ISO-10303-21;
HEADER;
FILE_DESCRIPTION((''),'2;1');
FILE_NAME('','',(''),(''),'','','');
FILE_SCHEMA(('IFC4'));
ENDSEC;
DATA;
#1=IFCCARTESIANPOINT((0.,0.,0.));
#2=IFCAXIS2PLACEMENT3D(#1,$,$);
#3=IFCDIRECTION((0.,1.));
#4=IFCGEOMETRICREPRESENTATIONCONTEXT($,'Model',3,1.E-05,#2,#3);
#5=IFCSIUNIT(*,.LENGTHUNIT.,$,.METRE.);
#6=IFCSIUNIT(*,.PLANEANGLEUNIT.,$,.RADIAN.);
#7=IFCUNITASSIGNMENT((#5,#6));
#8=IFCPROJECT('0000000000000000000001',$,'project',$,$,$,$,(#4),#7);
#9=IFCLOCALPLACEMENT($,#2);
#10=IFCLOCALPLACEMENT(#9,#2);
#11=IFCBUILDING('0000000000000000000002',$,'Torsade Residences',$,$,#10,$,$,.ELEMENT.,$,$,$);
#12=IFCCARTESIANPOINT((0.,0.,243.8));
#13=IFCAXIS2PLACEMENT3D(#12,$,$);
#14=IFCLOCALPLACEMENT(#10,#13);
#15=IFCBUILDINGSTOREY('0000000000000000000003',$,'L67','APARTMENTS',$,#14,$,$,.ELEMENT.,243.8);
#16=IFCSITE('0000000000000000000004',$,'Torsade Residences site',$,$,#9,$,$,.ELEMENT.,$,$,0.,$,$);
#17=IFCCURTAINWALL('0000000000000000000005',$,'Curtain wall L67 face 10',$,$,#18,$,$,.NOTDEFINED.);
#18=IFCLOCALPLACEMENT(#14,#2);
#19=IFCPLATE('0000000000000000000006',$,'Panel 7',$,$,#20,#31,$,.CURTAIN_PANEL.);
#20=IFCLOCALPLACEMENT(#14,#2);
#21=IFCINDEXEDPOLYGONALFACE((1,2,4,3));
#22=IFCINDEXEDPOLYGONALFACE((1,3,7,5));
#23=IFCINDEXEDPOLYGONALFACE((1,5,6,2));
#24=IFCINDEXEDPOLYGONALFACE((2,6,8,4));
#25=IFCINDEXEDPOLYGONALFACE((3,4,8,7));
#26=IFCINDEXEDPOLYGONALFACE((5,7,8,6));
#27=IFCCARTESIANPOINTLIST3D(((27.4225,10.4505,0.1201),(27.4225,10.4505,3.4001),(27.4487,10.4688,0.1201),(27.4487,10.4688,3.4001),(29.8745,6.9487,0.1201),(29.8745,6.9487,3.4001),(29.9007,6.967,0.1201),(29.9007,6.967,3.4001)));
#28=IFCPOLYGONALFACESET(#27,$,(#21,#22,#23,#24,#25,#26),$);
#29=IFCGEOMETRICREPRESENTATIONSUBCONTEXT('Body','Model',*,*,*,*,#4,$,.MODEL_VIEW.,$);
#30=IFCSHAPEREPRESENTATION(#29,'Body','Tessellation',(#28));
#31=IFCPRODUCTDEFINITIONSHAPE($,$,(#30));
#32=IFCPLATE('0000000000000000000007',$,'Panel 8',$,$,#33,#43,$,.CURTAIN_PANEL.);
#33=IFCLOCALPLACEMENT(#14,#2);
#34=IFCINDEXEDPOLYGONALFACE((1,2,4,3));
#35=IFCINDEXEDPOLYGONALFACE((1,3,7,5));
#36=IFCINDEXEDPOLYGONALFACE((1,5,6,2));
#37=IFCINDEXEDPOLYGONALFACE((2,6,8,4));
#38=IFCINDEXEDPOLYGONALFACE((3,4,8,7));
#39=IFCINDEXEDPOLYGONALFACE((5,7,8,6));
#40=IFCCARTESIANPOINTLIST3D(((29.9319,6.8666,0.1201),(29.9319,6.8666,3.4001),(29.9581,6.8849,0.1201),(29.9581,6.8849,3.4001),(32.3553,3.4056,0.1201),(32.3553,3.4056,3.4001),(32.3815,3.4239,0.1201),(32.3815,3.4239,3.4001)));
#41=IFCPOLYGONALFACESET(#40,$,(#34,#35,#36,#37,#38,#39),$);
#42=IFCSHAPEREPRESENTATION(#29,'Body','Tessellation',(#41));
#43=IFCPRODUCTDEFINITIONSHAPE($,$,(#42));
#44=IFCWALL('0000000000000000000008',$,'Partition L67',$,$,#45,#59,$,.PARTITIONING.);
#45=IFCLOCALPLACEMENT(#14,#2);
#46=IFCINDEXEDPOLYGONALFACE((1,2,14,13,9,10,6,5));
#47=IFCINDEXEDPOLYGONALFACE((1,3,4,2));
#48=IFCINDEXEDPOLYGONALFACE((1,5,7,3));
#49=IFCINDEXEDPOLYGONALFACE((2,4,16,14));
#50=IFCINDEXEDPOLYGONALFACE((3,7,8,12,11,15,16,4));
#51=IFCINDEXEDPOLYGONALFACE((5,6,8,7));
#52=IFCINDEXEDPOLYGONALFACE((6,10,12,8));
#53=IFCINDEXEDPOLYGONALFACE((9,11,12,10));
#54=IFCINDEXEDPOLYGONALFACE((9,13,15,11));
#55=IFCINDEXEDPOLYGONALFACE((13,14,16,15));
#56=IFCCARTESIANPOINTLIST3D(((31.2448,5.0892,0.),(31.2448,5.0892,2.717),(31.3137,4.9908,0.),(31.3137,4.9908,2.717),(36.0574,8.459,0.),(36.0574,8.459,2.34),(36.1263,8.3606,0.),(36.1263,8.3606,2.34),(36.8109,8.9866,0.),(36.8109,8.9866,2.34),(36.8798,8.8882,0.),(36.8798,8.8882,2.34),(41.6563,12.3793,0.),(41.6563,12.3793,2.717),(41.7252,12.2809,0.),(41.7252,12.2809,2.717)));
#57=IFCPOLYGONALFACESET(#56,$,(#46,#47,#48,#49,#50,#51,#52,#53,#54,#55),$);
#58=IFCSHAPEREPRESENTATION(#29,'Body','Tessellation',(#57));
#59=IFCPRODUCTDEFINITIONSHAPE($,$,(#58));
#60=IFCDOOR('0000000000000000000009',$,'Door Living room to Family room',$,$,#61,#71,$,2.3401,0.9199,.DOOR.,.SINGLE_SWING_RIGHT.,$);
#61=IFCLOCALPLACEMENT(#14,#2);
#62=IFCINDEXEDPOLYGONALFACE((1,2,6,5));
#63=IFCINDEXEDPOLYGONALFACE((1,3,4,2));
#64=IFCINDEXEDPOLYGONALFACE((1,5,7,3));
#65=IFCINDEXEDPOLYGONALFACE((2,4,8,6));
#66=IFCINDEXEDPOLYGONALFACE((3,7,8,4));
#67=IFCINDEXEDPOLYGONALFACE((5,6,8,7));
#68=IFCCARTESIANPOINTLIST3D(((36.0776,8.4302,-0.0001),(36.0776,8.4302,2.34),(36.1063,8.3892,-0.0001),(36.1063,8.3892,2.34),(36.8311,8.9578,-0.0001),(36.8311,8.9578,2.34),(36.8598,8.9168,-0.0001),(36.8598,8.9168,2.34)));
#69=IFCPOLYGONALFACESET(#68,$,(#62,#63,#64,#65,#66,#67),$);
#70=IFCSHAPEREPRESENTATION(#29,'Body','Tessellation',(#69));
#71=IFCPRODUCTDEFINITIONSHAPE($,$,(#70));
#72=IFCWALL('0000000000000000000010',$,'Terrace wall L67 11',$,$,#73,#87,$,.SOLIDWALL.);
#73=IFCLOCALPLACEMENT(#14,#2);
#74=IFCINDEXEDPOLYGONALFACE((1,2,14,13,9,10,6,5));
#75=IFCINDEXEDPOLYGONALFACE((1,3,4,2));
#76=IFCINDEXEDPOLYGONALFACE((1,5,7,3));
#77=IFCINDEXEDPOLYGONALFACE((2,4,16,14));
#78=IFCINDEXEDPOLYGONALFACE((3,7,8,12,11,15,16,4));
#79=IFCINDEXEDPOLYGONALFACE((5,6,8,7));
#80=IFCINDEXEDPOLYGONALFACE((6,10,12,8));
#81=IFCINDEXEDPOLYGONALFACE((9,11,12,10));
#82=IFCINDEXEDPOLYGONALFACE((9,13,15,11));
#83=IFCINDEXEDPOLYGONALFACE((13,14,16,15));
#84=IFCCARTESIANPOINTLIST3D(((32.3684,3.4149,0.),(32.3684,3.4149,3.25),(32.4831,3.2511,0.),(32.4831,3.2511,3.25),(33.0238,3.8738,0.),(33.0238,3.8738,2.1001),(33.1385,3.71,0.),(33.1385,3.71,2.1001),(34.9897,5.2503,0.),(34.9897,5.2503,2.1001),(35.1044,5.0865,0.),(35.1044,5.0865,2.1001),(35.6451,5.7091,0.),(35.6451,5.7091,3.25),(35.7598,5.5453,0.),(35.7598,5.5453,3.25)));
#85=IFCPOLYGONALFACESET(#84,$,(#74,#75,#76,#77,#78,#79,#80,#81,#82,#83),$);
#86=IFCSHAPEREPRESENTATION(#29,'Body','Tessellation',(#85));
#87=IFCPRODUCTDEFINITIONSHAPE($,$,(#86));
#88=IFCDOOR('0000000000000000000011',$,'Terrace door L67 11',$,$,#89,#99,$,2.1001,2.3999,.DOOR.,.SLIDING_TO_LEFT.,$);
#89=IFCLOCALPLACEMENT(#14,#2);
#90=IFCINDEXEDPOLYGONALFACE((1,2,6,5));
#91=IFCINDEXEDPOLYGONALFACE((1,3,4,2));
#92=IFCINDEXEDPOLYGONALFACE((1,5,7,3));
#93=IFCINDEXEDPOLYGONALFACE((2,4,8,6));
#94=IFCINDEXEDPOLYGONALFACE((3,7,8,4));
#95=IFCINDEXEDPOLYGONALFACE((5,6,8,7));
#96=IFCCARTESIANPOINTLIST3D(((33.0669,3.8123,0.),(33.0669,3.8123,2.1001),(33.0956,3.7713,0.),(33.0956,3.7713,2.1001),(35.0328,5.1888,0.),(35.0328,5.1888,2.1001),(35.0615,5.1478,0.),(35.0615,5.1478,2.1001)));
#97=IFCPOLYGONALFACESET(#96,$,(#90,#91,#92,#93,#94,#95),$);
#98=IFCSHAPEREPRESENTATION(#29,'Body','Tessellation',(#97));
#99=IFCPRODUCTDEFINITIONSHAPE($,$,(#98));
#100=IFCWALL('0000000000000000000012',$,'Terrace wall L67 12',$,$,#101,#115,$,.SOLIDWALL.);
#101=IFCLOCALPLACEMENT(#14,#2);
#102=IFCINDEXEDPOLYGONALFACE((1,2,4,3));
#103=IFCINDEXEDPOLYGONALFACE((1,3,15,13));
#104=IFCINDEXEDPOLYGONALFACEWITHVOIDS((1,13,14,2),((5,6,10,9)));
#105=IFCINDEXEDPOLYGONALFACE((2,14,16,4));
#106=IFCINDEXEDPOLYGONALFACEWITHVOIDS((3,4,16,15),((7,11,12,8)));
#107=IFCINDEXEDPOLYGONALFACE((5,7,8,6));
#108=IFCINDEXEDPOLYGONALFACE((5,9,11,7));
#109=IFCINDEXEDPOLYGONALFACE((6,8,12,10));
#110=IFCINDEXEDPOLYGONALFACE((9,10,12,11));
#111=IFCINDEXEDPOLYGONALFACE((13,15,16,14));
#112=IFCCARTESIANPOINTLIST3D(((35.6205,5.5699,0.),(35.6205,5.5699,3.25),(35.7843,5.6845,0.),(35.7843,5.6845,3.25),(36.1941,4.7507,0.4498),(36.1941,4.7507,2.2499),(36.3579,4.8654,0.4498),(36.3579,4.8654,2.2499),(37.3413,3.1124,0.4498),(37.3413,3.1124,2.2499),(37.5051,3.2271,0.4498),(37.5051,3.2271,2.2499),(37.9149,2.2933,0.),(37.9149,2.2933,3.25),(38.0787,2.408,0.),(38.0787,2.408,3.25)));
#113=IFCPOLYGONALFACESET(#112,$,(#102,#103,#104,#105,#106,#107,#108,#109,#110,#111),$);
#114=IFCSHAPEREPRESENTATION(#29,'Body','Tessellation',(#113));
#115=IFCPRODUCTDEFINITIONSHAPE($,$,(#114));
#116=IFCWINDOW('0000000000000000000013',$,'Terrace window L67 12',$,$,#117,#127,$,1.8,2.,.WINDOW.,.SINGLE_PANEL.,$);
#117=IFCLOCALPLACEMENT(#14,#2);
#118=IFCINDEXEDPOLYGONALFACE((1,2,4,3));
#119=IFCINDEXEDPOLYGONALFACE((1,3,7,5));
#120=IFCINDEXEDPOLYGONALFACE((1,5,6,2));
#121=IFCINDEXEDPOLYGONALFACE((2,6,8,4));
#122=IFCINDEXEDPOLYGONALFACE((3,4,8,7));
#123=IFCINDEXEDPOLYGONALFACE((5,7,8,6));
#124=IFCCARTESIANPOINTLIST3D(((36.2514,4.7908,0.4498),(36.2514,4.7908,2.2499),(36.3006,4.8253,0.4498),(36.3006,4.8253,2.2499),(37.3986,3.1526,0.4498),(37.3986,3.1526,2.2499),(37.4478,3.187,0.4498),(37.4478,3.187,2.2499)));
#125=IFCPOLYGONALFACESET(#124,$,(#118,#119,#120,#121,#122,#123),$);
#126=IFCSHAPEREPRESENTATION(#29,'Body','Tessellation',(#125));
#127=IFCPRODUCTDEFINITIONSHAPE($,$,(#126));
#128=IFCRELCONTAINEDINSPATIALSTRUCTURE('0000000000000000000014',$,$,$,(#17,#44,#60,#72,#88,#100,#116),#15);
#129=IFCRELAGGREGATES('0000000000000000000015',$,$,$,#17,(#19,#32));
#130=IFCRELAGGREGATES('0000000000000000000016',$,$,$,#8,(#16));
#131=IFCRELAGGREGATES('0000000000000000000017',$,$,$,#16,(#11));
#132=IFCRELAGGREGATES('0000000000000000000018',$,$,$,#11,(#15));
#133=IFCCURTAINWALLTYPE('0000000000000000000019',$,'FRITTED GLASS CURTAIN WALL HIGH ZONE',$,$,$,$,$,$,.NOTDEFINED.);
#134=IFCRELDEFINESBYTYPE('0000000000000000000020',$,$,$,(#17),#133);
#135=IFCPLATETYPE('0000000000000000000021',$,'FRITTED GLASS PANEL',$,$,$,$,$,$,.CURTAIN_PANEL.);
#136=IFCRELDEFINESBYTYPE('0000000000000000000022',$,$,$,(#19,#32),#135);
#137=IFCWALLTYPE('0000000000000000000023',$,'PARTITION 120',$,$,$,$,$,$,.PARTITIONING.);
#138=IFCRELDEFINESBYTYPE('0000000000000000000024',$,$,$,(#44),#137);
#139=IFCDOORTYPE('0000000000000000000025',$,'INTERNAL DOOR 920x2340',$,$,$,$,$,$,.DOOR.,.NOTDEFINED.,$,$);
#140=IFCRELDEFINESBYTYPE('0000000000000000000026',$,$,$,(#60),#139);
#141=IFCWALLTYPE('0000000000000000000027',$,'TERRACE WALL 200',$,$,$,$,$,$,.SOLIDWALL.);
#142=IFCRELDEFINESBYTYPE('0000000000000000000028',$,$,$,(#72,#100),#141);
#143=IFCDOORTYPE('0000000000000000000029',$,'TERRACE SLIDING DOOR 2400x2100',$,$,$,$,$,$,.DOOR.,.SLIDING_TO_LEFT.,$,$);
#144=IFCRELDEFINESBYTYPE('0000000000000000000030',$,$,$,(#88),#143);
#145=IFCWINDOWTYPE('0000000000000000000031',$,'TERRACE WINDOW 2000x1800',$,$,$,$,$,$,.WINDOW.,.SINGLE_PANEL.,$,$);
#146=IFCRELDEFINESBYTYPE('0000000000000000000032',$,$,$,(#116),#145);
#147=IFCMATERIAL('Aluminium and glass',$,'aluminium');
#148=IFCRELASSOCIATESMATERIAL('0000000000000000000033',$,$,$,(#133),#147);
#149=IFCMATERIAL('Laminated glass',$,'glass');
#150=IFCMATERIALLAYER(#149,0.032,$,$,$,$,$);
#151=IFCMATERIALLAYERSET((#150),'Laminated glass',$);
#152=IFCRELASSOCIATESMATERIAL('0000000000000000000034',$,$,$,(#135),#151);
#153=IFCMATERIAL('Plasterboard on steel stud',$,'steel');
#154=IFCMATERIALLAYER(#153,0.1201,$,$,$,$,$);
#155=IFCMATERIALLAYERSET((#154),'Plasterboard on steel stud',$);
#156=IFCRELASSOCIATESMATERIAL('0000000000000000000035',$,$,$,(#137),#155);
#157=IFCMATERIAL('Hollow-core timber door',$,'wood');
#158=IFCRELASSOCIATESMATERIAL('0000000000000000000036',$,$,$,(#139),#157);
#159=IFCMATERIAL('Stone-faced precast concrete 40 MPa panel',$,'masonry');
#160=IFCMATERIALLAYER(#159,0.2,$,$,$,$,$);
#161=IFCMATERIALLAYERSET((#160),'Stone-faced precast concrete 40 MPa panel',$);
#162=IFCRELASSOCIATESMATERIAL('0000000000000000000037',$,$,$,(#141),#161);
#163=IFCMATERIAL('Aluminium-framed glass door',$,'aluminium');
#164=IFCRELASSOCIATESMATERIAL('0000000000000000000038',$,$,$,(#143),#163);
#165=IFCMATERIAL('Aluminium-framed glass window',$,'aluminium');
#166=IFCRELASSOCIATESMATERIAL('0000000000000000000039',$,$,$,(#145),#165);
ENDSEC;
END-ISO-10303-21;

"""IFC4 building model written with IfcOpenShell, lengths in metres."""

from ifc_helpers import new_model, si_unit, direction, frame, frame_2d, origin, origin_2d, place, context, subcontext, project, spatial, rectangle, extrude, material, layer, layer_set, type_object, element, fill, aggregate, save


model = new_model("IFC4")

# Units and contexts
model_context = context("Model", 3, precision=1e-05, world=origin(), true_north=direction((0.0, 1.0)))
body_context = subcontext(model_context, "Body", "Model", "MODEL_VIEW")
ifc_project = project(units=[si_unit("LENGTHUNIT", "METRE"), si_unit("PLANEANGLEUNIT", "RADIAN")], contexts=[model_context])

# Site, building, storey
site_placement = place(None, origin())
site = spatial("IfcSite", under=ifc_project, at=site_placement, Name="Torsade Residences site", CompositionType="ELEMENT", RefElevation=0.0)
building_placement = place(site_placement, origin())
building = spatial("IfcBuilding", under=site, at=building_placement, Name="Torsade Residences", CompositionType="ELEMENT")
storey_placement = place(building_placement, frame((0.0, 0.0, 243.8)))
storey = spatial("IfcBuildingStorey", under=building, at=storey_placement, Name="L67", Description="APARTMENTS", CompositionType="ELEMENT", Elevation=243.8)

# Shared definitions
ifc_material_1 = material(Name="Aluminium and glass", Category="aluminium")
curtain_wall_type = type_object("IfcCurtainWallType", Name="FRITTED GLASS CURTAIN WALL HIGH ZONE", PredefinedType="NOTDEFINED", material=ifc_material_1)

# Curtain wall
curtain_wall_1_placement = place(storey_placement, origin())
curtain_wall_1 = element("IfcCurtainWall", 1, at=curtain_wall_1_placement, inside=storey, type_object=curtain_wall_type, Name="Curtain wall L67 face 10", PredefinedType="NOTDEFINED")

# Plates
ifc_material_2 = material(Name="Laminated glass", Category="glass")
ifc_layer_1 = layer(ifc_material_2, 0.032)
ifc_layer_set_1 = layer_set([ifc_layer_1], Name="Laminated glass")
plate_type = type_object("IfcPlateType", Name="FRITTED GLASS PANEL", PredefinedType="CURTAIN_PANEL", material=ifc_layer_set_1)
plate_1_placement = place(storey_placement, frame((28.6616, 8.7087, 0.1201), z_axis=(0.0, 0.0, 1.0), x_axis=(0.573576, -0.819152, 0.0)))
plate_1 = element("IfcPlate", 2, at=plate_1_placement, type_object=plate_type, Name="Panel 7", PredefinedType="CURTAIN_PANEL", context=body_context, shape_type="SweptSolid", body=[
    extrude(rectangle(XDim=4.2749, YDim=0.032, at=origin_2d()), origin(), (0.0, 0.0, 1.0), 3.28),
])
plate_2_placement = place(storey_placement, frame((31.1567, 5.1453, 0.1201), z_axis=(0.0, 0.0, 1.0), x_axis=(0.573576, -0.819152, 0.0)))
plate_2 = element("IfcPlate", 3, at=plate_2_placement, type_object=plate_type, Name="Panel 8", PredefinedType="CURTAIN_PANEL", context=body_context, shape_type="SweptSolid", body=[
    extrude(rectangle(XDim=4.2251, YDim=0.032, at=origin_2d()), origin(), (0.0, 0.0, 1.0), 3.28),
])
aggregate(curtain_wall_1, [plate_1, plate_2])

# Walls, openings, doors
ifc_material_3 = material(Name="Plasterboard on steel stud", Category="steel")
ifc_layer_2 = layer(ifc_material_3, 0.1201)
ifc_layer_set_2 = layer_set([ifc_layer_2], Name="Plasterboard on steel stud")
wall_type_1 = type_object("IfcWallType", Name="PARTITION 120", PredefinedType="PARTITIONING", material=ifc_layer_set_2)
wall_1_placement = place(storey_placement, frame((31.2793, 5.04, 0.0), z_axis=(0.0, 0.0, 1.0), x_axis=(0.819155, 0.573572, 0.0)))
wall_1 = element("IfcWall", 4, at=wall_1_placement, inside=storey, type_object=wall_type_1, Name="Partition L67", PredefinedType="PARTITIONING", context=body_context, shape_type="SweptSolid", body=[
    extrude(rectangle(XDim=12.71, YDim=0.1201, at=frame_2d((6.355, 0.0))), origin(), (0.0, 0.0, 1.0), 2.717),
])
opening_1_placement = place(wall_1_placement, frame((5.875, 0.0, 0.0)))
opening_1 = element("IfcOpeningElement", 5, at=opening_1_placement, cuts=wall_1, PredefinedType="OPENING", context=body_context, shape_type="SweptSolid", body=[
    extrude(rectangle(XDim=0.9199, YDim=2.3401, at=frame_2d((0.46, 1.1699))), frame((0.0, 0.0701, 0.0), z_axis=(0.0, -1.0, 0.0), x_axis=(1.0, 0.0, 0.0)), (0.0, 0.0, 1.0), 0.1401),
])
ifc_material_4 = material(Name="Hollow-core timber door", Category="wood")
door_type_1 = type_object("IfcDoorType", Name="INTERNAL DOOR 920x2340", OperationType="NOTDEFINED", PredefinedType="DOOR", material=ifc_material_4)
door_1_placement = place(opening_1_placement, origin())
door_1 = element("IfcDoor", 6, at=door_1_placement, inside=storey, type_object=door_type_1, Name="Door Living room to Family room", OperationType="SINGLE_SWING_RIGHT", OverallHeight=2.3401, OverallWidth=0.9199, PredefinedType="DOOR", context=body_context, shape_type="SweptSolid", body=[
    extrude(rectangle(XDim=0.9199, YDim=2.3401, at=frame_2d((0.46, 1.1699))), frame((0.0, 0.0249, 0.0), z_axis=(0.0, -1.0, 0.0), x_axis=(1.0, 0.0, 0.0)), (0.0, 0.0, 1.0), 0.05),
])
fill(opening_1, door_1)
ifc_material_5 = material(Name="Stone-faced precast concrete 40 MPa panel", Category="masonry")
ifc_layer_3 = layer(ifc_material_5, 0.2)
ifc_layer_set_3 = layer_set([ifc_layer_3], Name="Stone-faced precast concrete 40 MPa panel")
wall_type_2 = type_object("IfcWallType", Name="TERRACE WALL 200", PredefinedType="SOLIDWALL", material=ifc_layer_set_3)
wall_2_placement = place(storey_placement, frame((32.4258, 3.333, 0.0), z_axis=(0.0, 0.0, 1.0), x_axis=(0.819166, 0.573557, 0.0)))
wall_2 = element("IfcWall", 7, at=wall_2_placement, inside=storey, type_object=wall_type_2, Name="Terrace wall L67 11", PredefinedType="SOLIDWALL", context=body_context, shape_type="SweptSolid", body=[
    extrude(rectangle(XDim=4.0, YDim=0.2, at=frame_2d((2.0, 0.0))), origin(), (0.0, 0.0, 1.0), 3.25),
])
opening_2_placement = place(wall_2_placement, frame((0.8, 0.0, 0.0)))
opening_2 = element("IfcOpeningElement", 8, at=opening_2_placement, cuts=wall_2, PredefinedType="OPENING", context=body_context, shape_type="SweptSolid", body=[
    extrude(rectangle(XDim=2.3999, YDim=2.1001, at=frame_2d((1.2, 1.05))), frame((0.0, 0.1099, 0.0), z_axis=(0.0, -1.0, 0.0), x_axis=(1.0, 0.0, 0.0)), (0.0, 0.0, 1.0), 0.22),
])
ifc_material_6 = material(Name="Aluminium-framed glass door", Category="aluminium")
door_type_2 = type_object("IfcDoorType", Name="TERRACE SLIDING DOOR 2400x2100", OperationType="SLIDING_TO_LEFT", PredefinedType="DOOR", material=ifc_material_6)
door_2_placement = place(opening_2_placement, origin())
door_2 = element("IfcDoor", 9, at=door_2_placement, inside=storey, type_object=door_type_2, Name="Terrace door L67 11", OperationType="SLIDING_TO_LEFT", OverallHeight=2.1001, OverallWidth=2.3999, PredefinedType="DOOR", context=body_context, shape_type="SweptSolid", body=[
    extrude(rectangle(XDim=2.3999, YDim=2.1001, at=frame_2d((1.2, 1.05))), frame((0.0, 0.0249, 0.0), z_axis=(0.0, -1.0, 0.0), x_axis=(1.0, 0.0, 0.0)), (0.0, 0.0, 1.0), 0.05),
])
fill(opening_2, door_2)

# Wall, opening, window
wall_3_placement = place(storey_placement, frame((35.7024, 5.6272, 0.0), z_axis=(0.0, 0.0, 1.0), x_axis=(0.573598, -0.819137, 0.0)))
wall_3 = element("IfcWall", 10, at=wall_3_placement, inside=storey, type_object=wall_type_2, Name="Terrace wall L67 12", PredefinedType="SOLIDWALL", context=body_context, shape_type="SweptSolid", body=[
    extrude(rectangle(XDim=4.0, YDim=0.2, at=frame_2d((2.0, 0.0))), origin(), (0.0, 0.0, 1.0), 3.25),
])
opening_3_placement = place(wall_3_placement, frame((1.0, 0.0, 0.45)))
opening_3 = element("IfcOpeningElement", 11, at=opening_3_placement, cuts=wall_3, PredefinedType="OPENING", context=body_context, shape_type="SweptSolid", body=[
    extrude(rectangle(XDim=2.0, YDim=1.8, at=frame_2d((1.0, 0.8999))), frame((0.0, 0.1099, 0.0), z_axis=(0.0, -1.0, 0.0), x_axis=(1.0, 0.0, 0.0)), (0.0, 0.0, 1.0), 0.22),
])
ifc_material_7 = material(Name="Aluminium-framed glass window", Category="aluminium")
window_type = type_object("IfcWindowType", Name="TERRACE WINDOW 2000x1800", PartitioningType="SINGLE_PANEL", PredefinedType="WINDOW", material=ifc_material_7)
window_placement = place(opening_3_placement, origin())
window = element("IfcWindow", 12, at=window_placement, inside=storey, type_object=window_type, Name="Terrace window L67 12", OverallHeight=1.8, OverallWidth=2.0, PartitioningType="SINGLE_PANEL", PredefinedType="WINDOW", context=body_context, shape_type="SweptSolid", body=[
    extrude(rectangle(XDim=2.0, YDim=1.8, at=frame_2d((1.0, 0.8999))), frame((0.0, 0.03, 0.0), z_axis=(0.0, -1.0, 0.0), x_axis=(1.0, 0.0, 0.0)), (0.0, 0.0, 1.0), 0.0601),
])
fill(opening_3, window)

save(model, "model.ifc")
